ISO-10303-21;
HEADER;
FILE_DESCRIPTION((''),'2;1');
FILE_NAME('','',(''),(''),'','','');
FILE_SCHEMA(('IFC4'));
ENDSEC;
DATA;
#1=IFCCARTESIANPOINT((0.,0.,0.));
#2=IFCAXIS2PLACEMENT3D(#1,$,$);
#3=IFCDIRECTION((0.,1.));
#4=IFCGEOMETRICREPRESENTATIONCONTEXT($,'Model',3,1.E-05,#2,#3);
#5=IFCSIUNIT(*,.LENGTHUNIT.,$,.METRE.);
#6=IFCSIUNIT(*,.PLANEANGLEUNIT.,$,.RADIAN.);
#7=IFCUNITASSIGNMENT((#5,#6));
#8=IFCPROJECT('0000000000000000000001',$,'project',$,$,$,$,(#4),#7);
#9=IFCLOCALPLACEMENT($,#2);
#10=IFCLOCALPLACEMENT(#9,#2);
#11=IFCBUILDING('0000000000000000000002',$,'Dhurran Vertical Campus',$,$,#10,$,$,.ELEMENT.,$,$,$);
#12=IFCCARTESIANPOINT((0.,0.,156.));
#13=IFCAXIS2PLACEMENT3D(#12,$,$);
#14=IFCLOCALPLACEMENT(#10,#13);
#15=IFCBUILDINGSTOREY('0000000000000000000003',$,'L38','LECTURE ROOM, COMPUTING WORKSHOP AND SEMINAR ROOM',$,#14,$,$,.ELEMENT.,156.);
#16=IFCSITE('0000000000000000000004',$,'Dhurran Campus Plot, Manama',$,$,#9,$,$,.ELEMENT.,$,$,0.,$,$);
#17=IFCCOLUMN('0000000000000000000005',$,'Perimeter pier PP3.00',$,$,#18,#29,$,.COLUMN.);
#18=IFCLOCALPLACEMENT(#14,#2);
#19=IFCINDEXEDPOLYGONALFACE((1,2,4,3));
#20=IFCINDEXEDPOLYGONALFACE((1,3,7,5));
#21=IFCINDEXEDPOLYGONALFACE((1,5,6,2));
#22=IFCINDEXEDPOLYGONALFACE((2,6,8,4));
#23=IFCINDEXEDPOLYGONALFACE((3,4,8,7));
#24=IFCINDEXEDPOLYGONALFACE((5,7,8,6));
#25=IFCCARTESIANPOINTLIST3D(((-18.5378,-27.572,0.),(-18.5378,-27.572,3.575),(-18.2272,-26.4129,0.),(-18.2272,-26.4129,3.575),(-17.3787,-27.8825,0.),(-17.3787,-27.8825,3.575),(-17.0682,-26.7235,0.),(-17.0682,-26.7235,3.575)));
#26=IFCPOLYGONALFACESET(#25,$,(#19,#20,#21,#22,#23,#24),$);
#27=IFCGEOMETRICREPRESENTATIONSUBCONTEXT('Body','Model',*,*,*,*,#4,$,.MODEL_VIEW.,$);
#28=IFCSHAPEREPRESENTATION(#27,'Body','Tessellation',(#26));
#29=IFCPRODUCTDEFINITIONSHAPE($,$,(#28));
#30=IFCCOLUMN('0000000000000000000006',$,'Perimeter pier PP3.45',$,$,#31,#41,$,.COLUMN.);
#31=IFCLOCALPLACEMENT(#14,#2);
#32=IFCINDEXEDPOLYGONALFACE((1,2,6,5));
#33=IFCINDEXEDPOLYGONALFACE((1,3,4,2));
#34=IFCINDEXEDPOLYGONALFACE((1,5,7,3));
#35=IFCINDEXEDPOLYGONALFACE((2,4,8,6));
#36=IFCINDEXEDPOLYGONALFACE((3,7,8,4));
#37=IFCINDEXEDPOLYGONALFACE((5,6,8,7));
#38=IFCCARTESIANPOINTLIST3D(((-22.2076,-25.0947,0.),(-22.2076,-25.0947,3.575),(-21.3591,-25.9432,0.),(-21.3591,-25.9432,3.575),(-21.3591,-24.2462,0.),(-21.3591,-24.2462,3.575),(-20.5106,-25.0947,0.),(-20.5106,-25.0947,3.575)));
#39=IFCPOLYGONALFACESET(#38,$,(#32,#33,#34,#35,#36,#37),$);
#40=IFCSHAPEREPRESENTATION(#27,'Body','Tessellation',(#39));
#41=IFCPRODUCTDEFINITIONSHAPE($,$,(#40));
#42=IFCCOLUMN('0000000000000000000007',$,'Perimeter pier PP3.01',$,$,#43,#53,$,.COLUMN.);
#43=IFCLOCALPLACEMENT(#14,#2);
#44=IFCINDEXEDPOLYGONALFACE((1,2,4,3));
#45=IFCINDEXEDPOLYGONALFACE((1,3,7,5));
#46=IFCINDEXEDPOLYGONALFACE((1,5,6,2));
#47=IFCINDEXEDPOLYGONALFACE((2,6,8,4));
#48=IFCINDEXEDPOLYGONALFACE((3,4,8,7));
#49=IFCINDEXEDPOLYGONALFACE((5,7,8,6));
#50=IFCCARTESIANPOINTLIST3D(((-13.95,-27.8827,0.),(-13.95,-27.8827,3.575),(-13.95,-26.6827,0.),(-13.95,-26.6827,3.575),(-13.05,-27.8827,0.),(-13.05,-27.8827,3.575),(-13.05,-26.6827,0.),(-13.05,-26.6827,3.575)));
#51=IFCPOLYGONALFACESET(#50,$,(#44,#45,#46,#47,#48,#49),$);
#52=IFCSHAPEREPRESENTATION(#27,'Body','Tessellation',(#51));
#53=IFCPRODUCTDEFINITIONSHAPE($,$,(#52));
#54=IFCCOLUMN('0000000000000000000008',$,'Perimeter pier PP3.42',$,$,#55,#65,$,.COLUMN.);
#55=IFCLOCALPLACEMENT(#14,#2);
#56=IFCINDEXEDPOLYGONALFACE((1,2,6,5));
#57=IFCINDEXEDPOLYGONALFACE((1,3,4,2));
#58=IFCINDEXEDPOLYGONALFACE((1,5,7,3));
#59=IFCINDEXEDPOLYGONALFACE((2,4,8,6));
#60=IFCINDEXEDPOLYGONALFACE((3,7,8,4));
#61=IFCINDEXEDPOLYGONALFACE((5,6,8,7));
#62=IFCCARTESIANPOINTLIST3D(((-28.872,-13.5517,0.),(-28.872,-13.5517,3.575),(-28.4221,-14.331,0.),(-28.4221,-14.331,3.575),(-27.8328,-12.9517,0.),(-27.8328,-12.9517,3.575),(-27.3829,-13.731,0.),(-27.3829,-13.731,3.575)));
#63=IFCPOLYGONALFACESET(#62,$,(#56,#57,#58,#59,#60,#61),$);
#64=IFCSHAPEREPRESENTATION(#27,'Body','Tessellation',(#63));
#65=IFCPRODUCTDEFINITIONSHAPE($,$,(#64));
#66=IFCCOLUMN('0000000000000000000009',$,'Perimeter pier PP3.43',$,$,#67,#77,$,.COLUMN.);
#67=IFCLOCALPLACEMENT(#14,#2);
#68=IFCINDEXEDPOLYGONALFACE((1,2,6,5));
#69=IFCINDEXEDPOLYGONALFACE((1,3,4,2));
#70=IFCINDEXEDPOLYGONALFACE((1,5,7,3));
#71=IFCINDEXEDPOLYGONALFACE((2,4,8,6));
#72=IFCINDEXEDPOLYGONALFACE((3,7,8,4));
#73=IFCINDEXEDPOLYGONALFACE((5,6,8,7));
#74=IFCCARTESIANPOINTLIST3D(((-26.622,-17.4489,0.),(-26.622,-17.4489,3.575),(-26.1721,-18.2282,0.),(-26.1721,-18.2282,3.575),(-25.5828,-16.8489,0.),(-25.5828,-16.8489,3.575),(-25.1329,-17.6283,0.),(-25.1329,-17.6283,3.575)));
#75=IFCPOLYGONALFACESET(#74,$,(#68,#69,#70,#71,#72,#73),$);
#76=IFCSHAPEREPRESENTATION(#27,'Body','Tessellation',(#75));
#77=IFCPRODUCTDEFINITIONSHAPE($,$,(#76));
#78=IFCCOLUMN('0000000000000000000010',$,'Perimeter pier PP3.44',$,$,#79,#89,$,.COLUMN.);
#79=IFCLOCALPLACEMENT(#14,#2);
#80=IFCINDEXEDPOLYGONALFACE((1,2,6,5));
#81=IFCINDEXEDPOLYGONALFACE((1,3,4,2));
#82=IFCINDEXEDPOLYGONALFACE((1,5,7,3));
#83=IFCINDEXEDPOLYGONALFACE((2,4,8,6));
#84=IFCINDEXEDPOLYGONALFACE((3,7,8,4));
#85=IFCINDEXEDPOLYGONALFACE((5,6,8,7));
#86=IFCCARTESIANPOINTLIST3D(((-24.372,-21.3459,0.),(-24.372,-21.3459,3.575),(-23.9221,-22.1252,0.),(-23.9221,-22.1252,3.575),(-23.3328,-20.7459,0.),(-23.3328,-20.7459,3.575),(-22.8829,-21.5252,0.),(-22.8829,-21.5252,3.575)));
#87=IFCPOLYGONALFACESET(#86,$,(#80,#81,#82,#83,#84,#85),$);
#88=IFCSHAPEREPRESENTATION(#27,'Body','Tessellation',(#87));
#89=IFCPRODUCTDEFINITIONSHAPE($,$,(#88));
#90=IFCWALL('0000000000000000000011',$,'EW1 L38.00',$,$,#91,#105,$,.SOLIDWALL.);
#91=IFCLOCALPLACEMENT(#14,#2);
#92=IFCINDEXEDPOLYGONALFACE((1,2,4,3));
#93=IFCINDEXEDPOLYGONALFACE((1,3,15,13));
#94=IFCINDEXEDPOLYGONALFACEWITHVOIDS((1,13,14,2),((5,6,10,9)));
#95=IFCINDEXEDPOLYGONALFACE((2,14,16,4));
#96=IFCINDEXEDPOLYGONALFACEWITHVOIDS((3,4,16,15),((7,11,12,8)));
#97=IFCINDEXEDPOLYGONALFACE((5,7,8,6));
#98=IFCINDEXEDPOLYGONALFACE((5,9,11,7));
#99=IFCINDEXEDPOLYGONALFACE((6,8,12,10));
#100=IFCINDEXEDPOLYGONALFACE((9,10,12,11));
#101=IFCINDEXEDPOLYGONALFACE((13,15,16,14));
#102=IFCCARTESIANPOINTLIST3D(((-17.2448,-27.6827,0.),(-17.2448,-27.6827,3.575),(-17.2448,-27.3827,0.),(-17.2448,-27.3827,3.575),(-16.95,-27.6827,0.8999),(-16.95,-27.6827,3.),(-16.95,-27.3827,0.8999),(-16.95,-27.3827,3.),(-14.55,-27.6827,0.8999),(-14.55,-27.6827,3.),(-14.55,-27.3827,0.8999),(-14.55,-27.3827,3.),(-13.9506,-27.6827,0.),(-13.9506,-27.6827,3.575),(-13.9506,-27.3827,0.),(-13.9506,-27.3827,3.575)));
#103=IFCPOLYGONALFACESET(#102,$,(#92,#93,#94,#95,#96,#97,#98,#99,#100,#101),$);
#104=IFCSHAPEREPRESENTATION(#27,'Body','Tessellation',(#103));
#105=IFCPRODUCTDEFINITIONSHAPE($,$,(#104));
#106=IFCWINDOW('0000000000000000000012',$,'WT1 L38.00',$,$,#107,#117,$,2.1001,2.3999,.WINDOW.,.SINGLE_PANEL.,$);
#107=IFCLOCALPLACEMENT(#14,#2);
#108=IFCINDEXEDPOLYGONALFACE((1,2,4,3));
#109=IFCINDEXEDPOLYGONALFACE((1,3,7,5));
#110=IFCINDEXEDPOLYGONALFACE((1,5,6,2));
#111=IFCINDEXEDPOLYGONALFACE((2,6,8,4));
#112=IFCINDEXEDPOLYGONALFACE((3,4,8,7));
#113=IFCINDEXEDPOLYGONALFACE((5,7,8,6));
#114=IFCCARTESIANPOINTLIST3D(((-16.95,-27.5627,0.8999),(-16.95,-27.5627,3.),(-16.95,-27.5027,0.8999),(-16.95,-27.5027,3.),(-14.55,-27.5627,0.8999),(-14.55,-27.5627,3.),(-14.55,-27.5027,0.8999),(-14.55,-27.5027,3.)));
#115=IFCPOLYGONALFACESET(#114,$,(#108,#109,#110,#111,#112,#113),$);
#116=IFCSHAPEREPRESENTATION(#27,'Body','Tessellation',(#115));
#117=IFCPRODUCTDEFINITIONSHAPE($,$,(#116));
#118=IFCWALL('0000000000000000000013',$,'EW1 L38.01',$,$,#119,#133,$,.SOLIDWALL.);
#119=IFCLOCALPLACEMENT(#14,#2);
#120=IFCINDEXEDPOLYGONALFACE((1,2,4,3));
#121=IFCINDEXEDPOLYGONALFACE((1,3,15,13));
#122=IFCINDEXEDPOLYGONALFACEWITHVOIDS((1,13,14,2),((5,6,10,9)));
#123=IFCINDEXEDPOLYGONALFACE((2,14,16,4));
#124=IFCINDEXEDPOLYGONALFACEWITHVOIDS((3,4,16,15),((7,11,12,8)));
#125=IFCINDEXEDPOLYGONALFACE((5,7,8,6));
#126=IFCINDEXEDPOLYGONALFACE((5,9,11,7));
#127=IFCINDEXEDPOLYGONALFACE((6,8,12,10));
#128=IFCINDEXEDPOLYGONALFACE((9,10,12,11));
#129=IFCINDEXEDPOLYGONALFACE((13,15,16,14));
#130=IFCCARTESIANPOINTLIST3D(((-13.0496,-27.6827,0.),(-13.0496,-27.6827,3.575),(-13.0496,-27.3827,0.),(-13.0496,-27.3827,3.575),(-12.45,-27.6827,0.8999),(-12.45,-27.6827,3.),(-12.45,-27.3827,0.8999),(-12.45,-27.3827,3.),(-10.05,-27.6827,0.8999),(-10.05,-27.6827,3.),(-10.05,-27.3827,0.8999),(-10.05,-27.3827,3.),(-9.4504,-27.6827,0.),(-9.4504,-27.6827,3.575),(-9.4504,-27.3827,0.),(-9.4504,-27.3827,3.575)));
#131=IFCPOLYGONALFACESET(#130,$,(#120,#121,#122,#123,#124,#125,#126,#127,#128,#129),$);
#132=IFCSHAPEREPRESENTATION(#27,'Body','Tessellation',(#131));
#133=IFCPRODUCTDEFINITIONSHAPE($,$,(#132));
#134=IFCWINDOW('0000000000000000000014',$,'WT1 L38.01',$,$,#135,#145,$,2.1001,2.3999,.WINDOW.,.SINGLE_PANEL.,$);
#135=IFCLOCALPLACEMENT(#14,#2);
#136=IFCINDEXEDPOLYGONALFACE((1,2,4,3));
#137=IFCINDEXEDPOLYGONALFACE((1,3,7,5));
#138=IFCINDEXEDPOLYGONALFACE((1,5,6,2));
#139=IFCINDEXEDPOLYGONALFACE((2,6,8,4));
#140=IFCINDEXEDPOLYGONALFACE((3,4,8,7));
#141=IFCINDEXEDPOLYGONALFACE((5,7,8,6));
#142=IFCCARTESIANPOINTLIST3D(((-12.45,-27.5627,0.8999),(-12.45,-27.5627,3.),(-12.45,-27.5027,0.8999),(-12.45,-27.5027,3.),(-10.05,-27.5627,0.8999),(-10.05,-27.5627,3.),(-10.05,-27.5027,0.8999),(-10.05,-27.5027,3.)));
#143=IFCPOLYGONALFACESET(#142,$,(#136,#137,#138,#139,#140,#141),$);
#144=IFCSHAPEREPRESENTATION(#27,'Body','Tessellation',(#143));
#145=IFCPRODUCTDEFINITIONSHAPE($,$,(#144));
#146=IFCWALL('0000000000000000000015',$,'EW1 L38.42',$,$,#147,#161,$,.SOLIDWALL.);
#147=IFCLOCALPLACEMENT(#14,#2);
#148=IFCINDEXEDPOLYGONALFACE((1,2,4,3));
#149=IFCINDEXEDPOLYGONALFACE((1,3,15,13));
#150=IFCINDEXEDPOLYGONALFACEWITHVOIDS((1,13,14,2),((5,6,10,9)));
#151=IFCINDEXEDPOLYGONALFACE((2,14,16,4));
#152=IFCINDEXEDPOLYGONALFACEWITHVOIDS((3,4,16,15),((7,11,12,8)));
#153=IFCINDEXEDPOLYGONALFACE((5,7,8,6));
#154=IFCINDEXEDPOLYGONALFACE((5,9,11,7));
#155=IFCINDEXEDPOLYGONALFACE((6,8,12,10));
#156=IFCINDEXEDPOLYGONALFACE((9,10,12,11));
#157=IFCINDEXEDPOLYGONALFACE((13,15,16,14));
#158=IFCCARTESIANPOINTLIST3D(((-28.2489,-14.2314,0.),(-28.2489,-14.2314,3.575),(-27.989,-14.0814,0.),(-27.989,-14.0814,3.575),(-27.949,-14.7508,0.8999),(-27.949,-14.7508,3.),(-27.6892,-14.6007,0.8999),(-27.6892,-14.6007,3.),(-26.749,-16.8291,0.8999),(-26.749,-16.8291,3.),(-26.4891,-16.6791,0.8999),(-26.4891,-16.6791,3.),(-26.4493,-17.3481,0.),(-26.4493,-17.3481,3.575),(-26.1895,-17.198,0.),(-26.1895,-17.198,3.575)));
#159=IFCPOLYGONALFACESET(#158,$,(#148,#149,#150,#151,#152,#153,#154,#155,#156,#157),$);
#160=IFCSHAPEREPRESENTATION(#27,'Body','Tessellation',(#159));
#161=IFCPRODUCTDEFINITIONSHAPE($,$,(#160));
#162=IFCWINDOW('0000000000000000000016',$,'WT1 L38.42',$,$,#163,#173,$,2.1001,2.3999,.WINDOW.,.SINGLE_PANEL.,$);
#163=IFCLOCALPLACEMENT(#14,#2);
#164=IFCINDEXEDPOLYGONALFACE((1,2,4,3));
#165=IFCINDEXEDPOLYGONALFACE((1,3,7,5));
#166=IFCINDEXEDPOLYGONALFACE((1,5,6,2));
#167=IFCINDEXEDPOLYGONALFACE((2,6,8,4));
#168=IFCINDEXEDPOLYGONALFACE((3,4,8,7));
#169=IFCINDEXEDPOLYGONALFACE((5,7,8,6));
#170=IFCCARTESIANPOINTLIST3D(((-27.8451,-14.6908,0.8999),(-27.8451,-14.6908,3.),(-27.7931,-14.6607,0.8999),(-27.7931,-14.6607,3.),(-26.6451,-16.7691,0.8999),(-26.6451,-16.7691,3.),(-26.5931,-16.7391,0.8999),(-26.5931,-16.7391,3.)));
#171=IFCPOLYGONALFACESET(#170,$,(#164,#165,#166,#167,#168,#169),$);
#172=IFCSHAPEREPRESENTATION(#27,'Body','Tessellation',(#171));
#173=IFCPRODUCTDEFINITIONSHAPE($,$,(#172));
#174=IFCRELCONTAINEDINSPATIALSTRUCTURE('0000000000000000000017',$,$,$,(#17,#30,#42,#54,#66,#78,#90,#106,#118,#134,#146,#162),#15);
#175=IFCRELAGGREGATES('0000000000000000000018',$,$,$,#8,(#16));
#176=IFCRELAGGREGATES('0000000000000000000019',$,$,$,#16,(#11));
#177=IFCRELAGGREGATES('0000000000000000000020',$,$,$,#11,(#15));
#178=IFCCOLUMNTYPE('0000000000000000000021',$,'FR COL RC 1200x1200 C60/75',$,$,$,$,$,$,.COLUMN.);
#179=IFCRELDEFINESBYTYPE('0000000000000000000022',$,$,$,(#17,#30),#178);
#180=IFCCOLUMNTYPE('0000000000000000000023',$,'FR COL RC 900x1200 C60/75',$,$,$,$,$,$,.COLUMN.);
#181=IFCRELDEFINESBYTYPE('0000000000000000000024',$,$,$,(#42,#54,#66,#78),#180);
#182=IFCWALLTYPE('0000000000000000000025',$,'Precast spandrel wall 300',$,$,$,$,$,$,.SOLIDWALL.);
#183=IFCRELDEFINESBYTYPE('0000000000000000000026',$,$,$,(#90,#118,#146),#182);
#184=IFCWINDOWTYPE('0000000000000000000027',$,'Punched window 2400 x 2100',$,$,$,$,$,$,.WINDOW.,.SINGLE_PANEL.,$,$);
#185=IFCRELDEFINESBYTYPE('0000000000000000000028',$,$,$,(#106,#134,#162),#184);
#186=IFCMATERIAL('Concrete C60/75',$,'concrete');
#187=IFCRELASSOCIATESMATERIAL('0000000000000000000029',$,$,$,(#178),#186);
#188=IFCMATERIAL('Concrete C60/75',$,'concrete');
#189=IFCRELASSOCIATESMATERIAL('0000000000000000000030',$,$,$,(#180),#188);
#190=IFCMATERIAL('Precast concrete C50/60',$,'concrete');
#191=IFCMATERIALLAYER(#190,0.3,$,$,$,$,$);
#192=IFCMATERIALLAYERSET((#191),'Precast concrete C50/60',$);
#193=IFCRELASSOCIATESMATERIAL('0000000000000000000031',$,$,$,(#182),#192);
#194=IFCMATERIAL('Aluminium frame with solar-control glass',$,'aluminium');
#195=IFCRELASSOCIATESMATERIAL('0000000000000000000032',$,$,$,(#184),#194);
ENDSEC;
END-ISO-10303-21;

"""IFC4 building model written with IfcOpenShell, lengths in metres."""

from ifc_helpers import new_model, si_unit, direction, frame, frame_2d, origin, origin_2d, place, context, subcontext, project, spatial, rectangle, extrude, material, layer, layer_set, material_profile, profile_set, type_object, element, fill, save


model = new_model("IFC4")

# Units and contexts
model_context = context("Model", 3, precision=1e-05, world=origin(), true_north=direction((0.0, 1.0)))
body_context = subcontext(model_context, "Body", "Model", "MODEL_VIEW")
ifc_project = project(units=[si_unit("LENGTHUNIT", "METRE"), si_unit("PLANEANGLEUNIT", "RADIAN")], contexts=[model_context])

# Site, building, storey
site_placement = place(None, origin())
site = spatial("IfcSite", under=ifc_project, at=site_placement, Name="Dhurran Campus Plot, Manama", CompositionType="ELEMENT", RefElevation=0.0)
building_placement = place(site_placement, origin())
building = spatial("IfcBuilding", under=site, at=building_placement, Name="Dhurran Vertical Campus", CompositionType="ELEMENT")
storey_placement = place(building_placement, frame((0.0, 0.0, 156.0)))
storey = spatial("IfcBuildingStorey", under=building, at=storey_placement, Name="L38", Description="LECTURE ROOM, COMPUTING WORKSHOP AND SEMINAR ROOM", CompositionType="ELEMENT", Elevation=156.0)

# Columns
ifc_material_1 = material(Name="Concrete C60/75", Category="concrete")
ifc_material_profile_1 = material_profile(ifc_material_1, rectangle(XDim=1.2, YDim=1.2, at=origin_2d()), Name="RC 1200x1200")
ifc_profile_set_1 = profile_set([ifc_material_profile_1], Name="Concrete C60/75")
column_type_1 = type_object("IfcColumnType", Name="FR COL RC 1200x1200 C60/75", PredefinedType="COLUMN", material=ifc_profile_set_1)
for number, where, z_axis, x_axis, name in (
    (1, (-17.803, -27.1477, 0.0), (0.0, 0.0, 1.0), (0.965926, -0.258819, 0.0), "Perimeter pier PP3.00"),
    (2, (-21.3591, -25.0947, 0.0), (0.0, 0.0, 1.0), (0.707107, -0.707107, 0.0), "Perimeter pier PP3.45"),
):
    element("IfcColumn", number, at=place(storey_placement, frame(where, z_axis=z_axis, x_axis=x_axis)), inside=storey, type_object=column_type_1, Name=name, PredefinedType="COLUMN", context=body_context, shape_type="SweptSolid", body=[
        extrude(rectangle(XDim=1.2, YDim=1.2, at=origin_2d()), origin(), (0.0, 0.0, 1.0), 3.575),
    ])
ifc_material_2 = material(Name="Concrete C60/75", Category="concrete")
ifc_material_profile_2 = material_profile(ifc_material_2, rectangle(XDim=0.8999, YDim=1.2, at=origin_2d()), Name="RC 900x1200")
ifc_profile_set_2 = profile_set([ifc_material_profile_2], Name="Concrete C60/75")
column_type_2 = type_object("IfcColumnType", Name="FR COL RC 900x1200 C60/75", PredefinedType="COLUMN", material=ifc_profile_set_2)
for number, where, z_axis, x_axis, name in (
    (3, (-13.5, -27.2827, 0.0), (0.0, 0.0, 1.0), (1.0, 0.0, 0.0), "Perimeter pier PP3.01"),
    (4, (-28.1274, -13.6414, 0.0), (0.0, 0.0, 1.0), (0.5, -0.866025, 0.0), "Perimeter pier PP3.42"),
    (5, (-25.8774, -17.5386, 0.0), (0.0, 0.0, 1.0), (0.5, -0.866025, 0.0), "Perimeter pier PP3.43"),
    (6, (-23.6274, -21.4355, 0.0), (0.0, 0.0, 1.0), (0.5, -0.866025, 0.0), "Perimeter pier PP3.44"),
):
    element("IfcColumn", number, at=place(storey_placement, frame(where, z_axis=z_axis, x_axis=x_axis)), inside=storey, type_object=column_type_2, Name=name, PredefinedType="COLUMN", context=body_context, shape_type="SweptSolid", body=[
        extrude(rectangle(XDim=0.8999, YDim=1.2, at=origin_2d()), origin(), (0.0, 0.0, 1.0), 3.575),
    ])

# Walls, openings, windows
ifc_material_3 = material(Name="Precast concrete C50/60", Category="concrete")
ifc_layer_1 = layer(ifc_material_3, 0.3)
ifc_layer_set_1 = layer_set([ifc_layer_1], Name="Precast concrete C50/60")
wall_type_1 = type_object("IfcWallType", Name="Precast spandrel wall 300", PredefinedType="SOLIDWALL", material=ifc_layer_set_1)
wall_1_placement = place(storey_placement, frame((-17.2446, -27.5327, 0.0), z_axis=(0.0, 0.0, 1.0), x_axis=(1.0, 0.0, 0.0)))
wall_1 = element("IfcWall", 7, at=wall_1_placement, inside=storey, type_object=wall_type_1, Name="EW1 L38.00", PredefinedType="SOLIDWALL", context=body_context, shape_type="SweptSolid", body=[
    extrude(rectangle(XDim=3.2942, YDim=0.3, at=frame_2d((1.647, 0.0))), origin(), (0.0, 0.0, 1.0), 3.575),
])
opening_1_placement = place(wall_1_placement, frame((0.2947, 0.0, 0.8999)))
opening_1 = element("IfcOpeningElement", 8, at=opening_1_placement, cuts=wall_1, PredefinedType="OPENING", context=body_context, shape_type="SweptSolid", body=[
    extrude(rectangle(XDim=2.3999, YDim=2.1001, at=frame_2d((1.2, 1.05))), frame((0.0, 0.1599, 0.0), z_axis=(0.0, -1.0, 0.0), x_axis=(1.0, 0.0, 0.0)), (0.0, 0.0, 1.0), 0.3201),
])
ifc_material_4 = material(Name="Aluminium frame with solar-control glass", Category="aluminium")
window_type = type_object("IfcWindowType", Name="Punched window 2400 x 2100", PartitioningType="SINGLE_PANEL", PredefinedType="WINDOW", material=ifc_material_4)
window_1_placement = place(opening_1_placement, origin())
window_1 = element("IfcWindow", 9, at=window_1_placement, inside=storey, type_object=window_type, Name="WT1 L38.00", OverallHeight=2.1001, OverallWidth=2.3999, PartitioningType="SINGLE_PANEL", PredefinedType="WINDOW", context=body_context, shape_type="SweptSolid", body=[
    extrude(rectangle(XDim=2.3999, YDim=2.1001, at=frame_2d((1.2, 1.05))), frame((0.0, 0.03, 0.0), z_axis=(0.0, -1.0, 0.0), x_axis=(1.0, 0.0, 0.0)), (0.0, 0.0, 1.0), 0.0601),
])
fill(opening_1, window_1)
wall_2_placement = place(storey_placement, frame((-13.0496, -27.5327, 0.0), z_axis=(0.0, 0.0, 1.0), x_axis=(1.0, 0.0, 0.0)))
wall_2 = element("IfcWall", 10, at=wall_2_placement, inside=storey, type_object=wall_type_1, Name="EW1 L38.01", PredefinedType="SOLIDWALL", context=body_context, shape_type="SweptSolid", body=[
    extrude(rectangle(XDim=3.5991, YDim=0.3, at=frame_2d((1.7996, 0.0))), origin(), (0.0, 0.0, 1.0), 3.575),
])
opening_2_placement = place(wall_2_placement, frame((0.5996, 0.0, 0.8999)))
opening_2 = element("IfcOpeningElement", 11, at=opening_2_placement, cuts=wall_2, PredefinedType="OPENING", context=body_context, shape_type="SweptSolid", body=[
    extrude(rectangle(XDim=2.3999, YDim=2.1001, at=frame_2d((1.2, 1.05))), frame((0.0, 0.1599, 0.0), z_axis=(0.0, -1.0, 0.0), x_axis=(1.0, 0.0, 0.0)), (0.0, 0.0, 1.0), 0.3201),
])
window_2_placement = place(opening_2_placement, origin())
window_2 = element("IfcWindow", 12, at=window_2_placement, inside=storey, type_object=window_type, Name="WT1 L38.01", OverallHeight=2.1001, OverallWidth=2.3999, PartitioningType="SINGLE_PANEL", PredefinedType="WINDOW", context=body_context, shape_type="SweptSolid", body=[
    extrude(rectangle(XDim=2.3999, YDim=2.1001, at=frame_2d((1.2, 1.05))), frame((0.0, 0.03, 0.0), z_axis=(0.0, -1.0, 0.0), x_axis=(1.0, 0.0, 0.0)), (0.0, 0.0, 1.0), 0.0601),
])
fill(opening_2, window_2)
wall_3_placement = place(storey_placement, frame((-28.1189, -14.1565, 0.0), z_axis=(0.0, 0.0, 1.0), x_axis=(0.500028, -0.866009, 0.0)))
wall_3 = element("IfcWall", 13, at=wall_3_placement, inside=storey, type_object=wall_type_1, Name="EW1 L38.42", PredefinedType="SOLIDWALL", context=body_context, shape_type="SweptSolid", body=[
    extrude(rectangle(XDim=3.5989, YDim=0.3, at=frame_2d((1.7993, 0.0))), origin(), (0.0, 0.0, 1.0), 3.575),
])
opening_3_placement = place(wall_3_placement, frame((0.5996, 0.0, 0.8999)))
opening_3 = element("IfcOpeningElement", 14, at=opening_3_placement, cuts=wall_3, PredefinedType="OPENING", context=body_context, shape_type="SweptSolid", body=[
    extrude(rectangle(XDim=2.3999, YDim=2.1001, at=frame_2d((1.2, 1.05))), frame((0.0, 0.1599, 0.0), z_axis=(0.0, -1.0, 0.0), x_axis=(1.0, 0.0, 0.0)), (0.0, 0.0, 1.0), 0.3201),
])
window_3_placement = place(opening_3_placement, origin())
window_3 = element("IfcWindow", 15, at=window_3_placement, inside=storey, type_object=window_type, Name="WT1 L38.42", OverallHeight=2.1001, OverallWidth=2.3999, PartitioningType="SINGLE_PANEL", PredefinedType="WINDOW", context=body_context, shape_type="SweptSolid", body=[
    extrude(rectangle(XDim=2.3999, YDim=2.1001, at=frame_2d((1.2, 1.05))), frame((0.0, 0.03, 0.0), z_axis=(0.0, -1.0, 0.0), x_axis=(1.0, 0.0, 0.0)), (0.0, 0.0, 1.0), 0.0601),
])
fill(opening_3, window_3)

save(model, "model.ifc")
